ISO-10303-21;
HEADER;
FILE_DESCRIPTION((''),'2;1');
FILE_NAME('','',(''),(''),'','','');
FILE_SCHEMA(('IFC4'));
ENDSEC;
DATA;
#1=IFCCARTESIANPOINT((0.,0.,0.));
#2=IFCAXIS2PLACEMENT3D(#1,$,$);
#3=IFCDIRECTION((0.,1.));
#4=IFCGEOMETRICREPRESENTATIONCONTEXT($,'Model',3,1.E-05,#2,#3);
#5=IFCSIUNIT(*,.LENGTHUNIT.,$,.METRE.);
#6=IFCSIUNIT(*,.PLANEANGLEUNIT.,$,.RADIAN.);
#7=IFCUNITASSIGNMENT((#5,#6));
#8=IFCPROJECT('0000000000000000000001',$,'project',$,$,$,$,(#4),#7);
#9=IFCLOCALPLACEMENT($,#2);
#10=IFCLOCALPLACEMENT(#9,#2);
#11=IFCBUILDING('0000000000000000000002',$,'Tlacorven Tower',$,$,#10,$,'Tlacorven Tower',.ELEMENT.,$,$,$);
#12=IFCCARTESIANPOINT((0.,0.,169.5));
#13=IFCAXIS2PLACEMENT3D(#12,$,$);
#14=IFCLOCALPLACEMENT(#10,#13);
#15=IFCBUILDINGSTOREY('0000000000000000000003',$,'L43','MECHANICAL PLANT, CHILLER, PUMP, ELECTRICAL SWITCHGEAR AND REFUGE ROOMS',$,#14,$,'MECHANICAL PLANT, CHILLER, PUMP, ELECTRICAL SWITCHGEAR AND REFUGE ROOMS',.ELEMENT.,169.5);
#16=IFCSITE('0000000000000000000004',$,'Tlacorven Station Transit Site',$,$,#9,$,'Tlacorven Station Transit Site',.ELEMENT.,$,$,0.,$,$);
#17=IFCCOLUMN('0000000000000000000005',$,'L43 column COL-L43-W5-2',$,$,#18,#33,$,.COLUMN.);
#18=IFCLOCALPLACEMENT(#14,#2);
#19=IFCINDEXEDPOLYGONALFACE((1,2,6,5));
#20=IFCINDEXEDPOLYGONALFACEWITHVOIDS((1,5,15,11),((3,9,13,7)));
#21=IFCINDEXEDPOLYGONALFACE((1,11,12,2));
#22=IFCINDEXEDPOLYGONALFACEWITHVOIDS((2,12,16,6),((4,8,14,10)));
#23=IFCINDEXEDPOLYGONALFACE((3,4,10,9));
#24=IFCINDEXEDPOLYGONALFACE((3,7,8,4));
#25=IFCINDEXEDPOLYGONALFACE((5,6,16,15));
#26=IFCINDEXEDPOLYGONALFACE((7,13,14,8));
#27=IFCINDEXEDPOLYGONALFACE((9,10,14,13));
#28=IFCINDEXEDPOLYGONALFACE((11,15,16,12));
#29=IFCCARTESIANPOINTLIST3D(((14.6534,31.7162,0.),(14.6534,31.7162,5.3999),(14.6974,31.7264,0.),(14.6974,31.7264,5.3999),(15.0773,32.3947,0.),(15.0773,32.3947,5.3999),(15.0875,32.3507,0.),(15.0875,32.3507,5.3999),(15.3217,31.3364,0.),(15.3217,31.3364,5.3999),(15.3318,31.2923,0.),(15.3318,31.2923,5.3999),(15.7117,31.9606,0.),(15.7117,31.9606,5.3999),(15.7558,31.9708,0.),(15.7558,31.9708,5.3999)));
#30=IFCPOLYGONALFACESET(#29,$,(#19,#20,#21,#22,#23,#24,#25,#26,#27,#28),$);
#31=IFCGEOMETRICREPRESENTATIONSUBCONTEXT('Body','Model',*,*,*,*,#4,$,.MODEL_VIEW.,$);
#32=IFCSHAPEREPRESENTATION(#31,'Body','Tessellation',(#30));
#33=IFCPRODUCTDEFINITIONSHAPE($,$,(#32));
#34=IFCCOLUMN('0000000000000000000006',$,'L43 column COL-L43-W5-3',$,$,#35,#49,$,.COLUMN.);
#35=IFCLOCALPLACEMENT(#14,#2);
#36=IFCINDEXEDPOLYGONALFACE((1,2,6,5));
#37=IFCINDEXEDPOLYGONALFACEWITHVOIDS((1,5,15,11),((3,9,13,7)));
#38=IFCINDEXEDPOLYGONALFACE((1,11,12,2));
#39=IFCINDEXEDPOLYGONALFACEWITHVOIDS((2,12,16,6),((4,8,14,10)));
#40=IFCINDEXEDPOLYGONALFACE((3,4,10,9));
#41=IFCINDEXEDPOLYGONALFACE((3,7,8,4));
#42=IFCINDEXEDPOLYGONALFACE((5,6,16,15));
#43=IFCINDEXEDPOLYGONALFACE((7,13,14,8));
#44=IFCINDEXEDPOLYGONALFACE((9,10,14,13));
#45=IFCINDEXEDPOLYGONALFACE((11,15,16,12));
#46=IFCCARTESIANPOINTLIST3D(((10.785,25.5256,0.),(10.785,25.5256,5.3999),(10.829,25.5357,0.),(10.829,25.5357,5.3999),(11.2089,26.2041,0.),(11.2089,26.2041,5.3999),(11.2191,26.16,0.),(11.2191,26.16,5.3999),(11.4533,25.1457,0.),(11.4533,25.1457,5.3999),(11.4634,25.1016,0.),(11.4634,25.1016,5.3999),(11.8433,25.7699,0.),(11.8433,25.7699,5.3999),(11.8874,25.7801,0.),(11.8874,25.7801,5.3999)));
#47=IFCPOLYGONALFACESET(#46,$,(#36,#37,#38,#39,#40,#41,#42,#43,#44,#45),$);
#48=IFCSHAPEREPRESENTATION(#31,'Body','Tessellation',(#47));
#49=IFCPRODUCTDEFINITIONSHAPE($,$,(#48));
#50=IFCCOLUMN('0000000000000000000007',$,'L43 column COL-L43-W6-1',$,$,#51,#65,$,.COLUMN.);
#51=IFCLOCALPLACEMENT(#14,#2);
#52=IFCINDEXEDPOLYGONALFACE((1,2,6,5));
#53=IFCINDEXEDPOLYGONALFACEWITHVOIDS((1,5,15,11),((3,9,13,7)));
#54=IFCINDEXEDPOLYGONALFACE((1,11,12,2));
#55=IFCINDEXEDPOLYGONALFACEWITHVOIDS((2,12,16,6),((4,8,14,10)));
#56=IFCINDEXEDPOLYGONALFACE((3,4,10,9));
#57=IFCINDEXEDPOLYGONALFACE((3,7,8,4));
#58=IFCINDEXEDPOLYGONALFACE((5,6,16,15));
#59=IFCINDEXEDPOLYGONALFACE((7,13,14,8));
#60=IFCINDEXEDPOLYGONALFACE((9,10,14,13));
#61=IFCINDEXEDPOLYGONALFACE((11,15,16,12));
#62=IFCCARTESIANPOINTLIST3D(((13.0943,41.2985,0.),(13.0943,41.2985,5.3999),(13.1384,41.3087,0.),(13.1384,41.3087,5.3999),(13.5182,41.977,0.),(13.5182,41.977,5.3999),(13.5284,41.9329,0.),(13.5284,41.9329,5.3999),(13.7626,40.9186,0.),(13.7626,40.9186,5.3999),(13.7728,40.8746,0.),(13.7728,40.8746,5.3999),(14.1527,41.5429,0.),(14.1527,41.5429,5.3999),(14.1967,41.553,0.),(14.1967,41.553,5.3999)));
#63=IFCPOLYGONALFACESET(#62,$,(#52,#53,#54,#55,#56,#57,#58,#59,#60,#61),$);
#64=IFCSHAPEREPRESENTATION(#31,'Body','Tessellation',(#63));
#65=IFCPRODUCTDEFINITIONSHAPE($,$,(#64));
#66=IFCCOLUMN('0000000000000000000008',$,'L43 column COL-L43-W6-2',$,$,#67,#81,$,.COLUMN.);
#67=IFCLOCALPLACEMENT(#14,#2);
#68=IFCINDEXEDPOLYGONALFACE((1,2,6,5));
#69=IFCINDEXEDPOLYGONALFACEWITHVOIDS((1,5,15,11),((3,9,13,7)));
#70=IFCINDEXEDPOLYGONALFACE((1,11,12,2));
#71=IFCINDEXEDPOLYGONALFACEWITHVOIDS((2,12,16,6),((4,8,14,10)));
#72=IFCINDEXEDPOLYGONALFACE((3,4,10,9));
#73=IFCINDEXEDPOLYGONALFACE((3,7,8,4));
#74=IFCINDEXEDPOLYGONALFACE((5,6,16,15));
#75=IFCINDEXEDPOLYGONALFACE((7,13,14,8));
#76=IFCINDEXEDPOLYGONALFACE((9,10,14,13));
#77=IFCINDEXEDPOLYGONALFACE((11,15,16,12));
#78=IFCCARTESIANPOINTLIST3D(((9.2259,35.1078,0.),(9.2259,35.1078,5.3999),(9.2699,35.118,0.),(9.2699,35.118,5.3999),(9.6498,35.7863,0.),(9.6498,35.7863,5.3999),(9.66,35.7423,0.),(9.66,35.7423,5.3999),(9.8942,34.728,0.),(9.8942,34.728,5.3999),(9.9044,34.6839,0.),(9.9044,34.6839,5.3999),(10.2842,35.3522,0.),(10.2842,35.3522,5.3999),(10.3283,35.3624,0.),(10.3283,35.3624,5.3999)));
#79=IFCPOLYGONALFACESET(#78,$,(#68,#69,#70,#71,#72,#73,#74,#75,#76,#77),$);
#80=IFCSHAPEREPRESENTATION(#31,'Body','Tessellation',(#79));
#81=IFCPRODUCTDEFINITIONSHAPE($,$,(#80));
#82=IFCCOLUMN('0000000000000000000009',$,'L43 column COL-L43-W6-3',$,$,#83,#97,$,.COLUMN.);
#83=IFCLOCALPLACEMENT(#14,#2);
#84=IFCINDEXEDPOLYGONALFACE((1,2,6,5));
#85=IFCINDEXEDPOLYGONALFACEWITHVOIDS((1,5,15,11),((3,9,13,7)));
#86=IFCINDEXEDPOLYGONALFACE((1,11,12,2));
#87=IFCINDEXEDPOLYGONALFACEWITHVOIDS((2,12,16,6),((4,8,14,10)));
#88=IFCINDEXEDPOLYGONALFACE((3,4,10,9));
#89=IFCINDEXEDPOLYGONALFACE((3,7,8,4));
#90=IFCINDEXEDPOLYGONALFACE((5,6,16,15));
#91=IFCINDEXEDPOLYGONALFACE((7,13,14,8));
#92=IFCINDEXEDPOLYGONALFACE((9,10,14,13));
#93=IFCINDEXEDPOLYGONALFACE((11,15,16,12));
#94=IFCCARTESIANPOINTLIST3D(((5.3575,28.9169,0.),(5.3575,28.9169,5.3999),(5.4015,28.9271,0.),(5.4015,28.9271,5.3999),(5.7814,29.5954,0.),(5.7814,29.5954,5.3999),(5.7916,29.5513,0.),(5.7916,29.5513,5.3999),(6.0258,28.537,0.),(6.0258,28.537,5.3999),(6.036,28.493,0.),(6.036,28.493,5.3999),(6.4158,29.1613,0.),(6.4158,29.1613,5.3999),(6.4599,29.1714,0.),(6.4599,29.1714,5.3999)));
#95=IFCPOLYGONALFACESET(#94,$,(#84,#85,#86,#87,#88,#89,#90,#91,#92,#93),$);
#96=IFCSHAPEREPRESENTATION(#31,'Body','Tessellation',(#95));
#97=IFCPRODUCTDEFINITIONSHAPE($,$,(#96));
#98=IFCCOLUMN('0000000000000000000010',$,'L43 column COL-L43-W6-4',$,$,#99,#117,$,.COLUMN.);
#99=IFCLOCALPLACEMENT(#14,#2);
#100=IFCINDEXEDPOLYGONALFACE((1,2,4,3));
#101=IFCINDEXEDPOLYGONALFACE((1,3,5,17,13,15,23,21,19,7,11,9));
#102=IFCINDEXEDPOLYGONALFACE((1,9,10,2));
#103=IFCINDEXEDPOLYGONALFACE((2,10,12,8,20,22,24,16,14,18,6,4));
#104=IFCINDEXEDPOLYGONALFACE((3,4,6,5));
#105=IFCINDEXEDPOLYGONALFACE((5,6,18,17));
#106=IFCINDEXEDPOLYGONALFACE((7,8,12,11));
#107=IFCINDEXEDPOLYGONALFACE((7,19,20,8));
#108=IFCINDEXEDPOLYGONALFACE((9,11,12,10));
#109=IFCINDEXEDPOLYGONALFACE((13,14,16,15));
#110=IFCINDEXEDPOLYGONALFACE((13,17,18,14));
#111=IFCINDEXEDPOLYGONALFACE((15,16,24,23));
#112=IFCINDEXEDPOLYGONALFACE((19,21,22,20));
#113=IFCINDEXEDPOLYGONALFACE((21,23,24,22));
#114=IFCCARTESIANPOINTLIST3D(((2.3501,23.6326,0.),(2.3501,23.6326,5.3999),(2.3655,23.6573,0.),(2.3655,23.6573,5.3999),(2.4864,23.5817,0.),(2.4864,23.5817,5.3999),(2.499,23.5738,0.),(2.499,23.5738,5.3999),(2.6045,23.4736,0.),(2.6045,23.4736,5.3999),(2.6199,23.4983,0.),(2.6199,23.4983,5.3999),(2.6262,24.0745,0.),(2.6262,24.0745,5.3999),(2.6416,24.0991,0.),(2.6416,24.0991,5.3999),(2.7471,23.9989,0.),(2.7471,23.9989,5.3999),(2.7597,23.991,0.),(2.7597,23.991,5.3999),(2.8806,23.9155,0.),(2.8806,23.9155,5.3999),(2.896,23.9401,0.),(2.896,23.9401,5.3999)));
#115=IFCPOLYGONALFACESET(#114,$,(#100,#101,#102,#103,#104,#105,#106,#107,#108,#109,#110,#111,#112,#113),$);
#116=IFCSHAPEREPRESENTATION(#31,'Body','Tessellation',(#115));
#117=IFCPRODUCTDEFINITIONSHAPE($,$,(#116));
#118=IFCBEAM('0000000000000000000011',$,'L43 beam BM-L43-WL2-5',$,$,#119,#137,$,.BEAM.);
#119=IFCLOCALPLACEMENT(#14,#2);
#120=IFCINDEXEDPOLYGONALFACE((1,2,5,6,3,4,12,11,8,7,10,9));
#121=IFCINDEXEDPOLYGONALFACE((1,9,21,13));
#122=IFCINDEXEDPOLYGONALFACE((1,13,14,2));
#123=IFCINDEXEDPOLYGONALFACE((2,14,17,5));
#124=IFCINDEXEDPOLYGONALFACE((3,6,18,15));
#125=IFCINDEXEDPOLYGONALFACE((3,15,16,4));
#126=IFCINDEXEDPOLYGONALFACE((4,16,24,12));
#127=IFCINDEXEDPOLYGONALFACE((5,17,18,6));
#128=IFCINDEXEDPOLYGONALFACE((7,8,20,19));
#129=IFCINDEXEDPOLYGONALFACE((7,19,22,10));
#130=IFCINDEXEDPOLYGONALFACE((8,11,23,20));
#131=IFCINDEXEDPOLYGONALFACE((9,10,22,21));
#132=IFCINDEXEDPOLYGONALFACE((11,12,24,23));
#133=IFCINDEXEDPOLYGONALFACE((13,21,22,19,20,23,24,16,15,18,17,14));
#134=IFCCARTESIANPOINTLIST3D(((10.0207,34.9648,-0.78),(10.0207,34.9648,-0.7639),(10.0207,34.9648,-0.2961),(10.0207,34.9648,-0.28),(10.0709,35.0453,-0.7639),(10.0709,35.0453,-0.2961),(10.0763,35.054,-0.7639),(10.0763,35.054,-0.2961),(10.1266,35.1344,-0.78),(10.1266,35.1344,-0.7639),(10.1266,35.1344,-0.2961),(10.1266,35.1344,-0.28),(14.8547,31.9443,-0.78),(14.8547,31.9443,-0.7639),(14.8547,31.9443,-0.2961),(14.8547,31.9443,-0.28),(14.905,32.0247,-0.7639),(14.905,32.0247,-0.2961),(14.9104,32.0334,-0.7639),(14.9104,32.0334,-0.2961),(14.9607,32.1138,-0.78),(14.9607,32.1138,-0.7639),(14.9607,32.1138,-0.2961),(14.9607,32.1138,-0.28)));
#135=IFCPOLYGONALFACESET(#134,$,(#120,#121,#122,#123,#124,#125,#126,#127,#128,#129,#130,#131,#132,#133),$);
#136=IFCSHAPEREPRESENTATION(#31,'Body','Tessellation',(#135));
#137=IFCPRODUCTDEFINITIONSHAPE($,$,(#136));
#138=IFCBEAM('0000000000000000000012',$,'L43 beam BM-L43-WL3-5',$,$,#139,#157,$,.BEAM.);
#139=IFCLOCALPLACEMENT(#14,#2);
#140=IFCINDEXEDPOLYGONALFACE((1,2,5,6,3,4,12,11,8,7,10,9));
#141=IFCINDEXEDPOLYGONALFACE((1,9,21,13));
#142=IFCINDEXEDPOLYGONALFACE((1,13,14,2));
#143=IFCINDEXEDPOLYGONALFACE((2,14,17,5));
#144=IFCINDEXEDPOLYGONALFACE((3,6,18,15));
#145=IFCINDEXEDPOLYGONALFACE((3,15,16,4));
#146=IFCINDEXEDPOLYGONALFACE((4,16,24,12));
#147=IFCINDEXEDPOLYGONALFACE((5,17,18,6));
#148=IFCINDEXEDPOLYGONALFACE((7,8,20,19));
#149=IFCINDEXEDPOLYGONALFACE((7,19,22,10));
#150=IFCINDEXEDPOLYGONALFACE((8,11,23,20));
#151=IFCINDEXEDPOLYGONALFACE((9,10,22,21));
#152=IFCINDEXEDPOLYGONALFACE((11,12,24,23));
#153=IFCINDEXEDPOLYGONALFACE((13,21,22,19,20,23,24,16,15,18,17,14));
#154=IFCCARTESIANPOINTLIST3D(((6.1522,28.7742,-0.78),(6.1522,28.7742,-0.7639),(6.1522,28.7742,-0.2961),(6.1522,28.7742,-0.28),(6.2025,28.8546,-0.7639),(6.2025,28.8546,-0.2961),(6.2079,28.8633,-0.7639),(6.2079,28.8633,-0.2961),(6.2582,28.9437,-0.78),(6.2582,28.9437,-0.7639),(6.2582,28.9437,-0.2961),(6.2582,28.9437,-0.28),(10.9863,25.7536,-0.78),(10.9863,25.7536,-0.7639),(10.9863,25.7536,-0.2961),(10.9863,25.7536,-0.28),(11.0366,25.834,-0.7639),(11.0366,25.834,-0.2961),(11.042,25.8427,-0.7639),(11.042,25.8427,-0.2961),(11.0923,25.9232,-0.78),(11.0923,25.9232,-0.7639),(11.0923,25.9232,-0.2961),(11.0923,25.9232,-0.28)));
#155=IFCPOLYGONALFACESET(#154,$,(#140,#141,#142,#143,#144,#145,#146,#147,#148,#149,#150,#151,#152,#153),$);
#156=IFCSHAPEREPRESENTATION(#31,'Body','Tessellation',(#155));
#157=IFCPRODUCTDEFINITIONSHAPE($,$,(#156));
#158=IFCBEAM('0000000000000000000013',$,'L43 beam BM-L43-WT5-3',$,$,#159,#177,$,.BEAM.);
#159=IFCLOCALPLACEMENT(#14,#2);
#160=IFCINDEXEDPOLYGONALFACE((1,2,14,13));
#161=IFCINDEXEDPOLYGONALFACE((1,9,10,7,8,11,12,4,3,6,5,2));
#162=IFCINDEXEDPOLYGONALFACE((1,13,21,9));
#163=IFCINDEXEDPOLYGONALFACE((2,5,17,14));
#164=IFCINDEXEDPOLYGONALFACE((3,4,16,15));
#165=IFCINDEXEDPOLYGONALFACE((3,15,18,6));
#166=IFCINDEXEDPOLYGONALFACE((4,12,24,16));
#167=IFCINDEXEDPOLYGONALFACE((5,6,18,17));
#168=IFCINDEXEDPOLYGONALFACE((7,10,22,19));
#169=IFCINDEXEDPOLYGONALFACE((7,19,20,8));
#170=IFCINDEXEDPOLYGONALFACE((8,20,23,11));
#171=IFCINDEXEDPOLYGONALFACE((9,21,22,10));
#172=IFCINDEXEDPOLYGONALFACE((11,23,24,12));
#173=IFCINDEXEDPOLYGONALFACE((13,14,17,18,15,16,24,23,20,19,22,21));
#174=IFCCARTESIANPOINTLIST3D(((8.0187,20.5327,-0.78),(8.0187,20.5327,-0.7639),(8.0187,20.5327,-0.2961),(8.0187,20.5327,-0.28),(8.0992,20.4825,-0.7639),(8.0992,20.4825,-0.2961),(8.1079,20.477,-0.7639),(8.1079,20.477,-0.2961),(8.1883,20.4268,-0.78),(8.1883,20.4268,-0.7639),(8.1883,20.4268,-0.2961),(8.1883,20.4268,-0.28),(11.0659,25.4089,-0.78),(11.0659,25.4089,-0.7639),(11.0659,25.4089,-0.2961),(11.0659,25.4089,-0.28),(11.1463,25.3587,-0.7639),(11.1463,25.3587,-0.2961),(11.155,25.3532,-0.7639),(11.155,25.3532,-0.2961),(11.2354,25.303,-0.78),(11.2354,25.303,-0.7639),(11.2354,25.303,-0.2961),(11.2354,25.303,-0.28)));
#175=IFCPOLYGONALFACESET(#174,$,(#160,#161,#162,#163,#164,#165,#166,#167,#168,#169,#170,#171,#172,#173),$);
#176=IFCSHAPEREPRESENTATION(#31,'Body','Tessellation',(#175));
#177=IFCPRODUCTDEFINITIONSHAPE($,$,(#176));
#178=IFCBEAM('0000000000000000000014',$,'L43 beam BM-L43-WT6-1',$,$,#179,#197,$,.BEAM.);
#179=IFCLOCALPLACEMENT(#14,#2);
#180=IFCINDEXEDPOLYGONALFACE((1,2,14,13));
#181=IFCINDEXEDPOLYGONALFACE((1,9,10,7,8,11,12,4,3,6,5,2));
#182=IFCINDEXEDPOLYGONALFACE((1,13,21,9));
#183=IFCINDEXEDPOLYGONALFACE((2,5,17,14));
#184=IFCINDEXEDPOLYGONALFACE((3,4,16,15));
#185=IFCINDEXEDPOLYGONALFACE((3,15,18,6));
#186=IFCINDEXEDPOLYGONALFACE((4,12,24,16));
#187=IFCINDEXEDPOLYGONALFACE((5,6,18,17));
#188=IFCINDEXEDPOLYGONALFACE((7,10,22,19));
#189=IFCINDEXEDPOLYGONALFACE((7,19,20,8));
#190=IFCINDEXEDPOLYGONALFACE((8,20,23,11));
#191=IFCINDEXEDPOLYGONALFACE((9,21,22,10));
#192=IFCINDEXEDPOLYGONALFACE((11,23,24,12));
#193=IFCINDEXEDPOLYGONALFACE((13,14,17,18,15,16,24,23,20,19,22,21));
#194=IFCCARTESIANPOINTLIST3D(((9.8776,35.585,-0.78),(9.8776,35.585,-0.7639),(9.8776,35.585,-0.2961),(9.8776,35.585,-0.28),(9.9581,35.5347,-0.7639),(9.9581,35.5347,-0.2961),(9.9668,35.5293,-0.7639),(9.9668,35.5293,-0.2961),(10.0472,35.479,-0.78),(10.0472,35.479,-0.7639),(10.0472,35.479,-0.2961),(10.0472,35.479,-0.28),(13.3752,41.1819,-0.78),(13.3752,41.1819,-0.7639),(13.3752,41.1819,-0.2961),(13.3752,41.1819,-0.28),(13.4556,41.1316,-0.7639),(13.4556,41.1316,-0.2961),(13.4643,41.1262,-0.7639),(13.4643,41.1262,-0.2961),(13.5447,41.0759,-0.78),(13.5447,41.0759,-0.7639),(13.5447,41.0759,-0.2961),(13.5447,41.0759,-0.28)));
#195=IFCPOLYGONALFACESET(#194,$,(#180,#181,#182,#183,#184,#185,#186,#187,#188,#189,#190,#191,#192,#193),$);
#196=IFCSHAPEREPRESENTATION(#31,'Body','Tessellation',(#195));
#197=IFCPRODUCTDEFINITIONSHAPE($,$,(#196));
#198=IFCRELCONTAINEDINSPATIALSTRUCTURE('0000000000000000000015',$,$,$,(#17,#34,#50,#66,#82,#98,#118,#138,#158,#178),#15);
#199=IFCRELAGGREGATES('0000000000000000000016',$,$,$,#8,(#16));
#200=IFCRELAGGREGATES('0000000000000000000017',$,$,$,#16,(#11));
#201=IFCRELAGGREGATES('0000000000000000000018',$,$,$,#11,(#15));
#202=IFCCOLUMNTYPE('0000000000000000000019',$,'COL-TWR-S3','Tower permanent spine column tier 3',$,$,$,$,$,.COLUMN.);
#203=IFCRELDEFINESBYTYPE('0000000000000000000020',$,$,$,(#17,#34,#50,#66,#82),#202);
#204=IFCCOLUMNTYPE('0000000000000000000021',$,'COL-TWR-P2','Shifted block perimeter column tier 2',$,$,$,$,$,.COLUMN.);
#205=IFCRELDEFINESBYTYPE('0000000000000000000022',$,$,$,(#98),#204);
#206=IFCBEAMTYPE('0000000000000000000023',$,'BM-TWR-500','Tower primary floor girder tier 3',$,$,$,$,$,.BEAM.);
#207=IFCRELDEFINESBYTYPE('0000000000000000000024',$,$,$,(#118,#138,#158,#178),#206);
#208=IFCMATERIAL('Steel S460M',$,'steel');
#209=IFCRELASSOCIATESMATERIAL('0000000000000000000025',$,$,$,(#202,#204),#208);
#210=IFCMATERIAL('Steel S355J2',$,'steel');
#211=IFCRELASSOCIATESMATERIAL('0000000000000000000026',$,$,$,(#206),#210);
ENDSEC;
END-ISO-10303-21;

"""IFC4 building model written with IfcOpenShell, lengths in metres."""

from ifc_helpers import new_model, si_unit, direction, frame, origin, origin_2d, place, context, subcontext, project, spatial, hollow_rectangle, i_section, extrude, source, transform, mapped, material, material_profile, profile_set, type_object, element, save


model = new_model("IFC4")

# Units and contexts
model_context = context("Model", 3, precision=1e-05, world=origin(), true_north=direction((0.0, 1.0)))
body_context = subcontext(model_context, "Body", "Model", "MODEL_VIEW")
ifc_project = project(units=[si_unit("LENGTHUNIT", "METRE"), si_unit("PLANEANGLEUNIT", "RADIAN")], contexts=[model_context])

# Site, building, storey
site_placement = place(None, origin())
site = spatial("IfcSite", under=ifc_project, at=site_placement, Name="Tlacorven Station Transit Site", LongName="Tlacorven Station Transit Site", CompositionType="ELEMENT", RefElevation=0.0)
building_placement = place(site_placement, origin())
building = spatial("IfcBuilding", under=site, at=building_placement, Name="Tlacorven Tower", LongName="Tlacorven Tower", CompositionType="ELEMENT")
storey_placement = place(building_placement, frame((0.0, 0.0, 169.5)))
storey = spatial("IfcBuildingStorey", under=building, at=storey_placement, Name="L43", Description="MECHANICAL PLANT, CHILLER, PUMP, ELECTRICAL SWITCHGEAR AND REFUGE ROOMS", LongName="MECHANICAL PLANT, CHILLER, PUMP, ELECTRICAL SWITCHGEAR AND REFUGE ROOMS", CompositionType="ELEMENT", Elevation=169.5)

# Columns
ifc_material_1 = material(Name="Steel S460M", Category="steel")
ifc_material_profile_1 = material_profile(ifc_material_1, hollow_rectangle(XDim=0.8, YDim=0.8, WallThickness=0.032, at=origin_2d()), Name="BOX 800X800X32")
ifc_profile_set_1 = profile_set([ifc_material_profile_1], Name="Steel S460M")
column_type_1 = type_object("IfcColumnType", Name="COL-TWR-S3", Description="Tower permanent spine column tier 3", PredefinedType="COLUMN", material=ifc_profile_set_1)
shared_shape_1 = source(origin(), body_context, "Body", "SweptSolid", [
    extrude(hollow_rectangle(XDim=0.8, YDim=0.8, WallThickness=0.032, at=origin_2d()), origin(), (0.0, 0.0, 1.0), 5.3999),
])
for number, where, z_axis, x_axis, name in (
    (1, (15.2046, 31.8435, 0.0), (0.0, 0.0, 1.0), (-0.848048, 0.529919, 0.0), "L43 column COL-L43-W5-2"),
    (2, (11.3362, 25.6528, 0.0), (0.0, 0.0, 1.0), (-0.848048, 0.529919, 0.0), "L43 column COL-L43-W5-3"),
    (3, (13.6455, 41.4258, 0.0), (0.0, 0.0, 1.0), (-0.848048, 0.529919, 0.0), "L43 column COL-L43-W6-1"),
    (4, (9.7771, 35.2351, 0.0), (0.0, 0.0, 1.0), (-0.848048, 0.529919, 0.0), "L43 column COL-L43-W6-2"),
    (5, (5.9087, 29.0442, 0.0), (0.0, 0.0, 1.0), (-0.848048, 0.529919, 0.0), "L43 column COL-L43-W6-3"),
):
    element("IfcColumn", number, at=place(storey_placement, frame(where, z_axis=z_axis, x_axis=x_axis)), inside=storey, type_object=column_type_1, Name=name, PredefinedType="COLUMN", context=body_context, shape_type="MappedRepresentation", body=[
        mapped(shared_shape_1, transform((0.0, 0.0, 0.0), scale=1.0)),
    ])
ifc_material_profile_2 = material_profile(ifc_material_1, i_section(OverallWidth=0.3, OverallDepth=0.55, WebThickness=0.0149, FlangeThickness=0.0291, at=origin_2d()), Name="HEB 550")
ifc_profile_set_2 = profile_set([ifc_material_profile_2], Name="Steel S460M")
column_type_2 = type_object("IfcColumnType", Name="COL-TWR-P2", Description="Shifted block perimeter column tier 2", PredefinedType="COLUMN", material=ifc_profile_set_2)
shared_shape_2 = source(origin(), body_context, "Body", "SweptSolid", [
    extrude(i_section(OverallWidth=0.3, OverallDepth=0.55, WebThickness=0.0149, FlangeThickness=0.0291, at=origin_2d()), origin(), (0.0, 0.0, 1.0), 5.3999),
])
column_placement = place(storey_placement, frame((2.623, 23.7864, 0.0), z_axis=(0.0, 0.0, 1.0), x_axis=(-0.848048, 0.529919, 0.0)))
element("IfcColumn", 6, at=column_placement, inside=storey, type_object=column_type_2, Name="L43 column COL-L43-W6-4", PredefinedType="COLUMN", context=body_context, shape_type="MappedRepresentation", body=[
    mapped(shared_shape_2, transform((0.0, 0.0, 0.0), scale=1.0)),
])

# Beams
ifc_material_2 = material(Name="Steel S355J2", Category="steel")
ifc_material_profile_3 = material_profile(ifc_material_2, i_section(OverallWidth=0.2, OverallDepth=0.5, WebThickness=0.0103, FlangeThickness=0.0161, at=origin_2d()), Name="IPE 500")
ifc_profile_set_3 = profile_set([ifc_material_profile_3], Name="Steel S355J2")
beam_type_1 = type_object("IfcBeamType", Name="BM-TWR-500", Description="Tower primary floor girder tier 3", PredefinedType="BEAM", material=ifc_profile_set_3)
shared_shape_3 = source(origin(), body_context, "Body", "SweptSolid", [
    extrude(i_section(OverallWidth=0.2, OverallDepth=0.5, WebThickness=0.0103, FlangeThickness=0.0161, at=origin_2d()), origin(), (0.0, 0.0, 1.0), 5.7002),
])
for number, where, z_axis, x_axis, name in (
    (7, (14.9077, 32.0291, -0.53), (-0.848056, 0.529907, 0.0), (-0.529907, -0.848056, 0.0), "L43 beam BM-L43-WL2-5"),
    (8, (11.0393, 25.8384, -0.53), (-0.848056, 0.529907, 0.0), (-0.529907, -0.848056, 0.0), "L43 beam BM-L43-WL3-5"),
):
    element("IfcBeam", number, at=place(storey_placement, frame(where, z_axis=z_axis, x_axis=x_axis)), inside=storey, type_object=beam_type_1, Name=name, PredefinedType="BEAM", context=body_context, shape_type="MappedRepresentation", body=[
        mapped(shared_shape_3, transform((0.0, 0.0, 0.0), scale=1.0)),
    ])
shared_shape_4 = source(origin(), body_context, "Body", "SweptSolid", [
    extrude(i_section(OverallWidth=0.2, OverallDepth=0.5, WebThickness=0.0103, FlangeThickness=0.0161, at=origin_2d()), origin(), (0.0, 0.0, 1.0), 5.75),
])
beam_1_placement = place(storey_placement, frame((11.1506, 25.356, -0.53), z_axis=(-0.529934, -0.848039, 0.0), x_axis=(0.848039, -0.529934, 0.0)))
element("IfcBeam", 9, at=beam_1_placement, inside=storey, type_object=beam_type_1, Name="L43 beam BM-L43-WT5-3", PredefinedType="BEAM", context=body_context, shape_type="MappedRepresentation", body=[
    mapped(shared_shape_4, transform((0.0, 0.0, 0.0), scale=1.0)),
])
shared_shape_5 = source(origin(), body_context, "Body", "SweptSolid", [
    extrude(i_section(OverallWidth=0.2, OverallDepth=0.5, WebThickness=0.0103, FlangeThickness=0.0161, at=origin_2d()), origin(), (0.0, 0.0, 1.0), 6.5999),
])
beam_2_placement = place(storey_placement, frame((13.46, 41.1289, -0.53), z_axis=(-0.529942, -0.848034, 0.0), x_axis=(0.848034, -0.529942, 0.0)))
element("IfcBeam", 10, at=beam_2_placement, inside=storey, type_object=beam_type_1, Name="L43 beam BM-L43-WT6-1", PredefinedType="BEAM", context=body_context, shape_type="MappedRepresentation", body=[
    mapped(shared_shape_5, transform((0.0, 0.0, 0.0), scale=1.0)),
])

save(model, "model.ifc")
